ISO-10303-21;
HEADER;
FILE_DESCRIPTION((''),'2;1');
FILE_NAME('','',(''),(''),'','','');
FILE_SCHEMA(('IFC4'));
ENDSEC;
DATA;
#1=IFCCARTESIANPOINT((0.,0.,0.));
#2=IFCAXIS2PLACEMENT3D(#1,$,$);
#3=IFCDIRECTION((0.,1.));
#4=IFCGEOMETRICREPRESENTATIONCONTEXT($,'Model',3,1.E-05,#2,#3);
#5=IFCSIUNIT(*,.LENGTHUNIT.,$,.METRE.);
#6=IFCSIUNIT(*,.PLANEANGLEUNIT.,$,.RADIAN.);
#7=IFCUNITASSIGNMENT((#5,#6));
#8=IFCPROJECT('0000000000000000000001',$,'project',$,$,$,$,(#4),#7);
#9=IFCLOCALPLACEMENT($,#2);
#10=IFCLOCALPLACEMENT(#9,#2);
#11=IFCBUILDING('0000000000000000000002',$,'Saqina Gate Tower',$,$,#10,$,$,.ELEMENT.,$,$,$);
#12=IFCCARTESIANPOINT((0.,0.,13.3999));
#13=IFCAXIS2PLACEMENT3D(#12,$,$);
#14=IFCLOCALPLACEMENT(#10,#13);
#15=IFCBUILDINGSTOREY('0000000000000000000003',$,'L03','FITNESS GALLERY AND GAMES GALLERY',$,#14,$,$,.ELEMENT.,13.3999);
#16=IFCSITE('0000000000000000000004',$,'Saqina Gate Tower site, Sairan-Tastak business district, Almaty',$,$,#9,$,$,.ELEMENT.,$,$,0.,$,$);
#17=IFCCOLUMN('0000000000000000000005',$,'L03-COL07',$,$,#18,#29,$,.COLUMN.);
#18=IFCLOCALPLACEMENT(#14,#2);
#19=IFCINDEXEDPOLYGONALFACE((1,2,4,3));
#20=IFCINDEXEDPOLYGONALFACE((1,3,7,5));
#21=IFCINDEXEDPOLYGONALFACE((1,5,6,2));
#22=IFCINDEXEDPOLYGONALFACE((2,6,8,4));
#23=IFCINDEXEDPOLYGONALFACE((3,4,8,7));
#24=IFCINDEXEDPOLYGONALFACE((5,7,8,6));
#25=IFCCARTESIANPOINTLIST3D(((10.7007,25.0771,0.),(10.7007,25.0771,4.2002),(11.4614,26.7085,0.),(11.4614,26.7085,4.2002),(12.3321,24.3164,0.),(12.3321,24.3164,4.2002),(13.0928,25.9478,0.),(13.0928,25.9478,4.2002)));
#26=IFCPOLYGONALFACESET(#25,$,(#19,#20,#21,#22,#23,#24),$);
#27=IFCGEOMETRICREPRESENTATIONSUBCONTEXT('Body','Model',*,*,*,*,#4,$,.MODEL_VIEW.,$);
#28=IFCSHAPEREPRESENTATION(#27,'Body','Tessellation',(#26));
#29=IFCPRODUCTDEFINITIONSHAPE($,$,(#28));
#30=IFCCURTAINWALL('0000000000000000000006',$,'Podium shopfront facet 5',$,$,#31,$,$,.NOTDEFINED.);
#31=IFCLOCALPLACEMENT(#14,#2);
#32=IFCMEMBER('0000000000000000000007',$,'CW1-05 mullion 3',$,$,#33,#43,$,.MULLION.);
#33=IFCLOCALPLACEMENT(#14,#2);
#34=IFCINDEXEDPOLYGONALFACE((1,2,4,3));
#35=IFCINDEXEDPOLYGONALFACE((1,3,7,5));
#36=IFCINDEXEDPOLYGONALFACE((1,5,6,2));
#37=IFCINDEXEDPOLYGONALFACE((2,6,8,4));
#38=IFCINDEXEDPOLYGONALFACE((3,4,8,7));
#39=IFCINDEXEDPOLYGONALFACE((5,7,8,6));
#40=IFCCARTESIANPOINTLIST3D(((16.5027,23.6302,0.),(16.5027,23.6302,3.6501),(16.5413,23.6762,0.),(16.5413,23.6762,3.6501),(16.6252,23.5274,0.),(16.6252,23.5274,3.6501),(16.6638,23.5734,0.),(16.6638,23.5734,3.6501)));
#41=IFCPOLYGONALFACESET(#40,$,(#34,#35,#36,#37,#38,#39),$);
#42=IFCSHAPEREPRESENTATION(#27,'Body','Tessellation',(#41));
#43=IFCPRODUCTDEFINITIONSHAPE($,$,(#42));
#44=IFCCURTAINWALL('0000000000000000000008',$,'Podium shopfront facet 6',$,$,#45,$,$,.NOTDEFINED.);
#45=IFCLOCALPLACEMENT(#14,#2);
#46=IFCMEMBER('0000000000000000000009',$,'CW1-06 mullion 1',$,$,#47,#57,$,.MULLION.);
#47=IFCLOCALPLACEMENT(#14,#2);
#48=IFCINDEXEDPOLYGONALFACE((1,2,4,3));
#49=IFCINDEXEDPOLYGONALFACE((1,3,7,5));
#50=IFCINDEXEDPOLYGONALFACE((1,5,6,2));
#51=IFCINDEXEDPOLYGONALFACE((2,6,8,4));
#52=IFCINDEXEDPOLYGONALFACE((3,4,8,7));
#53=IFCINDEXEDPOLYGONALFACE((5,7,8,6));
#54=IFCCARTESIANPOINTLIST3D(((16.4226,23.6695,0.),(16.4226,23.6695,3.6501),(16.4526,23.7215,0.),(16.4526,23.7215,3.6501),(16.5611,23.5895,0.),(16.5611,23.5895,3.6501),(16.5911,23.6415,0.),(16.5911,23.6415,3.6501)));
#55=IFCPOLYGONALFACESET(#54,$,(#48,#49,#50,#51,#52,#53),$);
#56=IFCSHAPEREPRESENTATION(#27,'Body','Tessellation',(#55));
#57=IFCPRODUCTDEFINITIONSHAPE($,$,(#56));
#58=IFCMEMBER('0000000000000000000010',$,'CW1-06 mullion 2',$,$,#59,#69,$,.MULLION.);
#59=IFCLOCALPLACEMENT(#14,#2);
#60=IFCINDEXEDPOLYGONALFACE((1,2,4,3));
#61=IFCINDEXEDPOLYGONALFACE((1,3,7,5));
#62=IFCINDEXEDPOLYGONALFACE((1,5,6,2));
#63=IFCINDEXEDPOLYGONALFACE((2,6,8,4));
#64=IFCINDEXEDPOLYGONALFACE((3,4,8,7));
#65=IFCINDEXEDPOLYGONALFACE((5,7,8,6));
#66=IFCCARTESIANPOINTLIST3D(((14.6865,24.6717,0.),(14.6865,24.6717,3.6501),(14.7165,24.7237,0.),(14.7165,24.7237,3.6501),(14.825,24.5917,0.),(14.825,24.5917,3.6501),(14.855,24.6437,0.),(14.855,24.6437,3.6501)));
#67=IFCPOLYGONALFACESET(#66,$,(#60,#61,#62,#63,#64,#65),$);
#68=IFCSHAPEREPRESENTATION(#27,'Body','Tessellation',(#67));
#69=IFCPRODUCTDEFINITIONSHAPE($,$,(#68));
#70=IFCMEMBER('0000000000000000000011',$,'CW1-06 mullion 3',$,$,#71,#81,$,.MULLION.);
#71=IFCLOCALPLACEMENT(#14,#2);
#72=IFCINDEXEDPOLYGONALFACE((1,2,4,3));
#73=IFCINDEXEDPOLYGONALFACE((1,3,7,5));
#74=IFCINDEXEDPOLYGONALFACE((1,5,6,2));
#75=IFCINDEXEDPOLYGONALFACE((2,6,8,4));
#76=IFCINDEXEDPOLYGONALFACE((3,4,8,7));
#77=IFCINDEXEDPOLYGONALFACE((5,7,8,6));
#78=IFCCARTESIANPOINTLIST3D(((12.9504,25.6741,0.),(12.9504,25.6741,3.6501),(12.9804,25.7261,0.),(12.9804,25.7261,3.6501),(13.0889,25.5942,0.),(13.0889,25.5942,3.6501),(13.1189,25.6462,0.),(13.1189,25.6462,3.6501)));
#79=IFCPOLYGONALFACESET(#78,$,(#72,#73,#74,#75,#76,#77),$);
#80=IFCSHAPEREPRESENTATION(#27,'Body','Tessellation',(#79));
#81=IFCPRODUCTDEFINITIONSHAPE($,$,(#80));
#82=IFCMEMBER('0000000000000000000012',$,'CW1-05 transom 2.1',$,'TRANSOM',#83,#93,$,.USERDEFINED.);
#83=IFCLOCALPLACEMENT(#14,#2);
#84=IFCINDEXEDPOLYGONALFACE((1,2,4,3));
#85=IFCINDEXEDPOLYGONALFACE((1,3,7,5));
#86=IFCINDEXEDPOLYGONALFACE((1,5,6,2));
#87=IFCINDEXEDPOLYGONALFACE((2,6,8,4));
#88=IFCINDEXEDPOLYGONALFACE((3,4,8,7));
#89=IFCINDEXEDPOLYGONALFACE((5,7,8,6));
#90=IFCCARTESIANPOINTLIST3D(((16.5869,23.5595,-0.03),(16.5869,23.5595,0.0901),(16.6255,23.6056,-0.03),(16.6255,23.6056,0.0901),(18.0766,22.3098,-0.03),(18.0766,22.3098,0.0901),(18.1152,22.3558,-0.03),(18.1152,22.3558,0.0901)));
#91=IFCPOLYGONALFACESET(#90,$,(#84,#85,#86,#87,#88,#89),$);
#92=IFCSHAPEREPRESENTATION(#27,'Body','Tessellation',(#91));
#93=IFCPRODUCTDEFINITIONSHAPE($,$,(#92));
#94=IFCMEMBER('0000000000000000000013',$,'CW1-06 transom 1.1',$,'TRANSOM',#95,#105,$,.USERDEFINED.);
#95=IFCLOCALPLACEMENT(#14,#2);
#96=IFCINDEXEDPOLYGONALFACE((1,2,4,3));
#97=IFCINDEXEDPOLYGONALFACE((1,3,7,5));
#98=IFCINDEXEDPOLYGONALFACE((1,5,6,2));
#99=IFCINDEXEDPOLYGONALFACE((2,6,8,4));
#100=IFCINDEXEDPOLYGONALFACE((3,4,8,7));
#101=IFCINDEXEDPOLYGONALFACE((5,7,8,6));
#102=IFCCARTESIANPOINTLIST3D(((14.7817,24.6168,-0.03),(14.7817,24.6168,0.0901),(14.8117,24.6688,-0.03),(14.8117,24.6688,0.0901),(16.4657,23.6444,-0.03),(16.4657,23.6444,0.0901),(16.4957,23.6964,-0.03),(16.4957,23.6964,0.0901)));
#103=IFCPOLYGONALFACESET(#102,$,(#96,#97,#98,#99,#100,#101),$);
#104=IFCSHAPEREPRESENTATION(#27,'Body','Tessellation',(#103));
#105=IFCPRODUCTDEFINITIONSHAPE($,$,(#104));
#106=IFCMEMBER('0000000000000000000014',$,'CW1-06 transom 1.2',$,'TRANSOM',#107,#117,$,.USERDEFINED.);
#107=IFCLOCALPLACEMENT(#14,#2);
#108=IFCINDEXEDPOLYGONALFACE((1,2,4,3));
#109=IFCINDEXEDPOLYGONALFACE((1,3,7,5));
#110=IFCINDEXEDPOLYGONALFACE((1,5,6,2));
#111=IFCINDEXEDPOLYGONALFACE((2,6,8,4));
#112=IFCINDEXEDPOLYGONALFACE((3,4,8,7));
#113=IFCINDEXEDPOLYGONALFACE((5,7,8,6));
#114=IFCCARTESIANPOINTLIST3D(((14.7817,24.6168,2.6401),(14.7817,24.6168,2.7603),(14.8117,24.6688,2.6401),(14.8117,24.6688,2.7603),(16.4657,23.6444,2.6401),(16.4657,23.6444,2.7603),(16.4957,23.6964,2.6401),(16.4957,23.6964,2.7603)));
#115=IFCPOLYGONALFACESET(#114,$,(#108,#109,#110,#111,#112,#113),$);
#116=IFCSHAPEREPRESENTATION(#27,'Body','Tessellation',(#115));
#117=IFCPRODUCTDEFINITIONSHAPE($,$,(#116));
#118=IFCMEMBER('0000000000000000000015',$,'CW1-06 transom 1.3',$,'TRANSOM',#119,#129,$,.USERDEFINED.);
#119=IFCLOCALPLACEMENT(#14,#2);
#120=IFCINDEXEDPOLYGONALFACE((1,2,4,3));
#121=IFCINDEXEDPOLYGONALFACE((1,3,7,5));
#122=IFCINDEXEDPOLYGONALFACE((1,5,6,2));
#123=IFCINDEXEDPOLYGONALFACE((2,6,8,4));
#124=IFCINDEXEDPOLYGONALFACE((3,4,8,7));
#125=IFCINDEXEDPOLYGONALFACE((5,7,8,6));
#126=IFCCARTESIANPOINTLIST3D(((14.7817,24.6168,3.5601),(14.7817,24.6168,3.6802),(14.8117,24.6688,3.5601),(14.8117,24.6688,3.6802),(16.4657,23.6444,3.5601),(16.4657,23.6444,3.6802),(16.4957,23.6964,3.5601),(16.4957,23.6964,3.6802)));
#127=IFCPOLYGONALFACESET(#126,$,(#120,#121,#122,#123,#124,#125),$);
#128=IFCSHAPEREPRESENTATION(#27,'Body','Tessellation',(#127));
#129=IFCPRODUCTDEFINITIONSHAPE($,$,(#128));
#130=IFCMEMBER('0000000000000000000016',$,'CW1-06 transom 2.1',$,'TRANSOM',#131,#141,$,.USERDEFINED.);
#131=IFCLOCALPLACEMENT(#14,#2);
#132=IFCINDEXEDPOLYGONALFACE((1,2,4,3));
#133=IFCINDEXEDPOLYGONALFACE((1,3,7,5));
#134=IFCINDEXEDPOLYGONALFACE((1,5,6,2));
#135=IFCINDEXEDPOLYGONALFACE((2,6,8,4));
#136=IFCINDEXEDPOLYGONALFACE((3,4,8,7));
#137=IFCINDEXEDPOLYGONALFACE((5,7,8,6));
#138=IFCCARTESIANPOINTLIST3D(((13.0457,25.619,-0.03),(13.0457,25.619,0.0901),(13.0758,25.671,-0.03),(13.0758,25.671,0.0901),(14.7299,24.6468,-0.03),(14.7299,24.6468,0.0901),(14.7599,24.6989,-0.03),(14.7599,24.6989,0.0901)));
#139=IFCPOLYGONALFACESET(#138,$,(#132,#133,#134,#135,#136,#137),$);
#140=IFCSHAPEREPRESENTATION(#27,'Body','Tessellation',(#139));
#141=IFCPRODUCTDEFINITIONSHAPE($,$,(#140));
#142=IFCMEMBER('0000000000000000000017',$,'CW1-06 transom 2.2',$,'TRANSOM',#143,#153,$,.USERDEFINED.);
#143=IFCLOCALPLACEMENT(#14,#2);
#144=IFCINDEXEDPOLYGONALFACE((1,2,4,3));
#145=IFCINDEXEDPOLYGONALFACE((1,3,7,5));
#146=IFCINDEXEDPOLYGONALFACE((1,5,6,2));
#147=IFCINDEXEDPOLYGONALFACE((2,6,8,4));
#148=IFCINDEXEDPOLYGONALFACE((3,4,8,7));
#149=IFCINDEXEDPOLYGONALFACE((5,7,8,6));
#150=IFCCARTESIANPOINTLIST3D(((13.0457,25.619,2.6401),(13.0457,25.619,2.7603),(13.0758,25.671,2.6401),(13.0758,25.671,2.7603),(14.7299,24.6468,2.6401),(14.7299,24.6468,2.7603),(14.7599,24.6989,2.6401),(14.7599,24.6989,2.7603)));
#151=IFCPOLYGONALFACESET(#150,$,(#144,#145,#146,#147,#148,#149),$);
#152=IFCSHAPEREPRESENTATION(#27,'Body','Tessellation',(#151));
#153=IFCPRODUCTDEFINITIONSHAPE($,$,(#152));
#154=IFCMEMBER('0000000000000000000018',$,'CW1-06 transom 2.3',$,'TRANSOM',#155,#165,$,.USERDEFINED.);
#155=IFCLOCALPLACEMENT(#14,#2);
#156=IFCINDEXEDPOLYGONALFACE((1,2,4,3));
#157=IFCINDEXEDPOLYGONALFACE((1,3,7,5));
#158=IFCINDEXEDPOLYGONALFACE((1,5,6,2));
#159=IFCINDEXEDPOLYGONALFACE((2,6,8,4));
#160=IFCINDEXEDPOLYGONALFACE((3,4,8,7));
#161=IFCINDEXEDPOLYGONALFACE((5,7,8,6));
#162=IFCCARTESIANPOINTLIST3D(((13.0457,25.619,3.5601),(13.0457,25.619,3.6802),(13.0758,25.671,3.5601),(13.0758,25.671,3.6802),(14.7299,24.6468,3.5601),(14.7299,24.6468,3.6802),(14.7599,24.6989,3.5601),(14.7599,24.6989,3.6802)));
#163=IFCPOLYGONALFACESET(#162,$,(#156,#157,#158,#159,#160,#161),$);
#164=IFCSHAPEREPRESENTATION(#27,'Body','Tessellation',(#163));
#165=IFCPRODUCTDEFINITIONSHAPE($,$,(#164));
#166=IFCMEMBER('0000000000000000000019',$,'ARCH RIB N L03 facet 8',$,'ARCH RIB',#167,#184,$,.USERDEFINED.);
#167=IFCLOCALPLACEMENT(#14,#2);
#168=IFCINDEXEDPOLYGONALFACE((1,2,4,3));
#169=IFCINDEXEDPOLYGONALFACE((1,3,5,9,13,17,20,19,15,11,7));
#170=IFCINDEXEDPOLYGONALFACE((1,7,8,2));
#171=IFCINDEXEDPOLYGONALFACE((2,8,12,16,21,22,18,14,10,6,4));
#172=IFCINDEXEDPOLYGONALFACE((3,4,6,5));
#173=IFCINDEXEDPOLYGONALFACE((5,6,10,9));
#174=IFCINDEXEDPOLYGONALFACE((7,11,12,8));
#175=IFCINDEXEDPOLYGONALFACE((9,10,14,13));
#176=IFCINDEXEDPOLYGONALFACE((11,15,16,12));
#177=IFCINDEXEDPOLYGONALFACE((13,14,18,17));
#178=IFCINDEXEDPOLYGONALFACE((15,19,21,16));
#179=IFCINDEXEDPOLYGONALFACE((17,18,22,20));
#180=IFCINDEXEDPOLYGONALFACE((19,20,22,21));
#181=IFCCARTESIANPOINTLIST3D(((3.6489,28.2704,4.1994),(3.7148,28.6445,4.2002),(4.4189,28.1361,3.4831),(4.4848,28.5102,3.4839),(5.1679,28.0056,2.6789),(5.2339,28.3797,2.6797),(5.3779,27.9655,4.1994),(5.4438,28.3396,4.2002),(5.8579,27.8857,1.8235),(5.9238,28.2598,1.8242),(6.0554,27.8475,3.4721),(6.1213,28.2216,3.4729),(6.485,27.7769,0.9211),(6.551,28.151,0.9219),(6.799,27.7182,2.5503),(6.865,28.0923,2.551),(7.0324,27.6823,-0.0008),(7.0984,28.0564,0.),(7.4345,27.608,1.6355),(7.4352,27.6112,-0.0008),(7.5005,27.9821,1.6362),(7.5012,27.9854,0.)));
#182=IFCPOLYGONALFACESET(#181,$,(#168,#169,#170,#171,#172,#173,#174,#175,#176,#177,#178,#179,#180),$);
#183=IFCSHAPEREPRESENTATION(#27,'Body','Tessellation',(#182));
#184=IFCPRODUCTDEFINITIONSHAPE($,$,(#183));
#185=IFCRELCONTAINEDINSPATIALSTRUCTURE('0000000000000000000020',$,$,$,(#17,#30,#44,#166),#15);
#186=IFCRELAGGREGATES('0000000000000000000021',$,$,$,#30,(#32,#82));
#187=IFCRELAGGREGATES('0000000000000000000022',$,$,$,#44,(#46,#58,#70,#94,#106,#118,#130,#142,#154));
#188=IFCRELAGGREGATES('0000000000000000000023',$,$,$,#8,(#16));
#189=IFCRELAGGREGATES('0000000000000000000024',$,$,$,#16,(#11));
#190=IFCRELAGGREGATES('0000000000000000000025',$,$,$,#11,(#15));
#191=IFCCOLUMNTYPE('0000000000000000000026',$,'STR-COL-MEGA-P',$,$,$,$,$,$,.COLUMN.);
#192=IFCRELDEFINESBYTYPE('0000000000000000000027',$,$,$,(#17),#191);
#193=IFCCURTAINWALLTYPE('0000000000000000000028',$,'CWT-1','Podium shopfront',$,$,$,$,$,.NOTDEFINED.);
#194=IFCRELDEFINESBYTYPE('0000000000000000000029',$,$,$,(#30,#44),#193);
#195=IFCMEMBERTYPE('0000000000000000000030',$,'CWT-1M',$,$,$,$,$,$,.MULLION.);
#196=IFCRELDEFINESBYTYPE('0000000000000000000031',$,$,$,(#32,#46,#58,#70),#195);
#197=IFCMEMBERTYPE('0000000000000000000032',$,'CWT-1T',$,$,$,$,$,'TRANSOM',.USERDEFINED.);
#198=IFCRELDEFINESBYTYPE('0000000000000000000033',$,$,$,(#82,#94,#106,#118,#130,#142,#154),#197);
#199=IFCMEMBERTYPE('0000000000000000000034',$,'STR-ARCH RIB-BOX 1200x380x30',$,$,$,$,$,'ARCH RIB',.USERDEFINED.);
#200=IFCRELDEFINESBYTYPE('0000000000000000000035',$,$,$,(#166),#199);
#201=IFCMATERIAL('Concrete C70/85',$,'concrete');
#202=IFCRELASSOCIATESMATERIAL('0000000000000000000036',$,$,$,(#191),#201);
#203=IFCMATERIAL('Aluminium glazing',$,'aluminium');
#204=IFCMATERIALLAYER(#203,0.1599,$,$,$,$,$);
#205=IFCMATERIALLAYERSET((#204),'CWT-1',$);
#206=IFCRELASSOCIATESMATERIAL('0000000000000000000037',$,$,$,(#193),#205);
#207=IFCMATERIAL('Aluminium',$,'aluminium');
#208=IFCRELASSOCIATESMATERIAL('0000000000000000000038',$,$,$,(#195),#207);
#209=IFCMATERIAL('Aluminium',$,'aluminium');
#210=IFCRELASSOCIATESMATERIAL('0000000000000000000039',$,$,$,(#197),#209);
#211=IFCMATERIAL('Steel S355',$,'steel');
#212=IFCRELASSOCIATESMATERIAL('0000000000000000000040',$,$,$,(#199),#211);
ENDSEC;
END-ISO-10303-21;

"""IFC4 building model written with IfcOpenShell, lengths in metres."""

from ifc_helpers import new_model, si_unit, direction, frame, origin, origin_2d, place, context, subcontext, project, spatial, polyline, rectangle, hollow_rectangle, outline, extrude, material, layer, layer_set, material_profile, profile_set, type_object, element, aggregate, save


model = new_model("IFC4")

# Units and contexts
model_context = context("Model", 3, precision=1e-05, world=origin(), true_north=direction((0.0, 1.0)))
body_context = subcontext(model_context, "Body", "Model", "MODEL_VIEW")
ifc_project = project(units=[si_unit("LENGTHUNIT", "METRE"), si_unit("PLANEANGLEUNIT", "RADIAN")], contexts=[model_context])

# Site, building, storey
site_placement = place(None, origin())
site = spatial("IfcSite", under=ifc_project, at=site_placement, Name="Saqina Gate Tower site, Sairan-Tastak business district, Almaty", CompositionType="ELEMENT", RefElevation=0.0)
building_placement = place(site_placement, origin())
building = spatial("IfcBuilding", under=site, at=building_placement, Name="Saqina Gate Tower", CompositionType="ELEMENT")
storey_placement = place(building_placement, frame((0.0, 0.0, 13.3999)))
storey = spatial("IfcBuildingStorey", under=building, at=storey_placement, Name="L03", Description="FITNESS GALLERY AND GAMES GALLERY", CompositionType="ELEMENT", Elevation=13.3999)

# Column
ifc_material_1 = material(Name="Concrete C70/85", Category="concrete")
ifc_material_profile_1 = material_profile(ifc_material_1, rectangle(XDim=1.8, YDim=1.8, at=origin_2d()), Name="RC 1800x1800")
ifc_profile_set_1 = profile_set([ifc_material_profile_1], Name="Concrete C70/85")
column_type = type_object("IfcColumnType", Name="STR-COL-MEGA-P", PredefinedType="COLUMN", material=ifc_profile_set_1)
column_placement = place(storey_placement, frame((11.8967, 25.5125, 0.0), z_axis=(0.0, 0.0, 1.0), x_axis=(0.422618, 0.906308, 0.0)))
element("IfcColumn", 1, at=column_placement, inside=storey, type_object=column_type, Name="L03-COL07", PredefinedType="COLUMN", context=body_context, shape_type="SweptSolid", body=[
    extrude(rectangle(XDim=1.8, YDim=1.8, at=origin_2d()), origin(), (0.0, 0.0, 1.0), 4.2002),
])

# Curtain wall, member
ifc_material_2 = material(Name="Aluminium glazing", Category="aluminium")
ifc_layer_1 = layer(ifc_material_2, 0.1599)
ifc_layer_set_1 = layer_set([ifc_layer_1], Name="CWT-1")
curtain_wall_type = type_object("IfcCurtainWallType", Name="CWT-1", Description="Podium shopfront", PredefinedType="NOTDEFINED", material=ifc_layer_set_1)
curtain_wall_1_placement = place(storey_placement, origin())
curtain_wall_1 = element("IfcCurtainWall", 2, at=curtain_wall_1_placement, inside=storey, type_object=curtain_wall_type, Name="Podium shopfront facet 5", PredefinedType="NOTDEFINED")
ifc_material_3 = material(Name="Aluminium", Category="aluminium")
ifc_material_profile_2 = material_profile(ifc_material_3, rectangle(XDim=0.0601, YDim=0.1599, at=origin_2d()), Name="Aluminium 60x160")
ifc_profile_set_2 = profile_set([ifc_material_profile_2], Name="Aluminium")
member_type_1 = type_object("IfcMemberType", Name="CWT-1M", PredefinedType="MULLION", material=ifc_profile_set_2)
member_1_placement = place(storey_placement, frame((16.5833, 23.6018, 0.0), z_axis=(0.0, 0.0, 1.0), x_axis=(-0.642779, -0.766051, 0.0)))
member_1 = element("IfcMember", 3, at=member_1_placement, type_object=member_type_1, Name="CW1-05 mullion 3", PredefinedType="MULLION", context=body_context, shape_type="SweptSolid", body=[
    extrude(rectangle(XDim=0.0601, YDim=0.1599, at=origin_2d()), origin(), (0.0, 0.0, 1.0), 3.6501),
])

# Curtain wall, members
curtain_wall_2_placement = place(storey_placement, origin())
curtain_wall_2 = element("IfcCurtainWall", 4, at=curtain_wall_2_placement, inside=storey, type_object=curtain_wall_type, Name="Podium shopfront facet 6", PredefinedType="NOTDEFINED")
member_2_placement = place(storey_placement, frame((16.5068, 23.6555, 0.0), z_axis=(0.0, 0.0, 1.0), x_axis=(-0.500014, -0.866017, 0.0)))
member_2 = element("IfcMember", 5, at=member_2_placement, type_object=member_type_1, Name="CW1-06 mullion 1", PredefinedType="MULLION", context=body_context, shape_type="SweptSolid", body=[
    extrude(rectangle(XDim=0.0601, YDim=0.1599, at=origin_2d()), origin(), (0.0, 0.0, 1.0), 3.6501),
])
member_3_placement = place(storey_placement, frame((14.7708, 24.6577, 0.0), z_axis=(0.0, 0.0, 1.0), x_axis=(-0.500014, -0.866017, 0.0)))
member_3 = element("IfcMember", 6, at=member_3_placement, type_object=member_type_1, Name="CW1-06 mullion 2", PredefinedType="MULLION", context=body_context, shape_type="SweptSolid", body=[
    extrude(rectangle(XDim=0.0601, YDim=0.1599, at=origin_2d()), origin(), (0.0, 0.0, 1.0), 3.6501),
])
member_4_placement = place(storey_placement, frame((13.0347, 25.6602, 0.0), z_axis=(0.0, 0.0, 1.0), x_axis=(-0.500014, -0.866017, 0.0)))
member_4 = element("IfcMember", 7, at=member_4_placement, type_object=member_type_1, Name="CW1-06 mullion 3", PredefinedType="MULLION", context=body_context, shape_type="SweptSolid", body=[
    extrude(rectangle(XDim=0.0601, YDim=0.1599, at=origin_2d()), origin(), (0.0, 0.0, 1.0), 3.6501),
])

# Members
ifc_material_4 = material(Name="Aluminium", Category="aluminium")
ifc_material_profile_3 = material_profile(ifc_material_4, rectangle(XDim=0.0601, YDim=0.1201, at=origin_2d()), Name="Aluminium 60x120")
ifc_profile_set_3 = profile_set([ifc_material_profile_3], Name="Aluminium")
member_type_2 = type_object("IfcMemberType", Name="CWT-1T", ElementType="TRANSOM", PredefinedType="USERDEFINED", material=ifc_profile_set_3)
member_5_placement = place(storey_placement, frame((18.0959, 22.3328, 0.03), z_axis=(-0.766118, 0.6427, 0.0), x_axis=(-0.6427, -0.766118, 0.0)))
member_5 = element("IfcMember", 8, at=member_5_placement, type_object=member_type_2, Name="CW1-05 transom 2.1", ObjectType="TRANSOM", PredefinedType="USERDEFINED", context=body_context, shape_type="SweptSolid", body=[
    extrude(rectangle(XDim=0.0601, YDim=0.1201, at=origin_2d()), origin(), (0.0, 0.0, 1.0), 1.9446),
])
member_6_placement = place(storey_placement, frame((16.4807, 23.6704, 0.03), z_axis=(-0.866002, 0.500041, 0.0), x_axis=(-0.500041, -0.866002, 0.0)))
member_6 = element("IfcMember", 9, at=member_6_placement, type_object=member_type_2, Name="CW1-06 transom 1.1", ObjectType="TRANSOM", PredefinedType="USERDEFINED", context=body_context, shape_type="SweptSolid", body=[
    extrude(rectangle(XDim=0.0601, YDim=0.1201, at=origin_2d()), origin(), (0.0, 0.0, 1.0), 1.9446),
])
member_7_placement = place(storey_placement, frame((16.4807, 23.6704, 2.7002), z_axis=(-0.866002, 0.500041, 0.0), x_axis=(-0.500041, -0.866002, 0.0)))
member_7 = element("IfcMember", 10, at=member_7_placement, type_object=member_type_2, Name="CW1-06 transom 1.2", ObjectType="TRANSOM", PredefinedType="USERDEFINED", context=body_context, shape_type="SweptSolid", body=[
    extrude(rectangle(XDim=0.0601, YDim=0.1201, at=origin_2d()), origin(), (0.0, 0.0, 1.0), 1.9446),
])
member_8_placement = place(storey_placement, frame((16.4807, 23.6704, 3.6201), z_axis=(-0.866002, 0.500041, 0.0), x_axis=(-0.500041, -0.866002, 0.0)))
member_8 = element("IfcMember", 11, at=member_8_placement, type_object=member_type_2, Name="CW1-06 transom 1.3", ObjectType="TRANSOM", PredefinedType="USERDEFINED", context=body_context, shape_type="SweptSolid", body=[
    extrude(rectangle(XDim=0.0601, YDim=0.1201, at=origin_2d()), origin(), (0.0, 0.0, 1.0), 1.9446),
])
member_9_placement = place(storey_placement, frame((14.7449, 24.6729, 0.03), z_axis=(-0.866056, 0.499947, 0.0), x_axis=(-0.499947, -0.866056, 0.0)))
member_9 = element("IfcMember", 12, at=member_9_placement, type_object=member_type_2, Name="CW1-06 transom 2.1", ObjectType="TRANSOM", PredefinedType="USERDEFINED", context=body_context, shape_type="SweptSolid", body=[
    extrude(rectangle(XDim=0.0601, YDim=0.1201, at=origin_2d()), origin(), (0.0, 0.0, 1.0), 1.9446),
])
member_10_placement = place(storey_placement, frame((14.7449, 24.6729, 2.7002), z_axis=(-0.866056, 0.499947, 0.0), x_axis=(-0.499947, -0.866056, 0.0)))
member_10 = element("IfcMember", 13, at=member_10_placement, type_object=member_type_2, Name="CW1-06 transom 2.2", ObjectType="TRANSOM", PredefinedType="USERDEFINED", context=body_context, shape_type="SweptSolid", body=[
    extrude(rectangle(XDim=0.0601, YDim=0.1201, at=origin_2d()), origin(), (0.0, 0.0, 1.0), 1.9446),
])
member_11_placement = place(storey_placement, frame((14.7449, 24.6729, 3.6201), z_axis=(-0.866056, 0.499947, 0.0), x_axis=(-0.499947, -0.866056, 0.0)))
member_11 = element("IfcMember", 14, at=member_11_placement, type_object=member_type_2, Name="CW1-06 transom 2.3", ObjectType="TRANSOM", PredefinedType="USERDEFINED", context=body_context, shape_type="SweptSolid", body=[
    extrude(rectangle(XDim=0.0601, YDim=0.1201, at=origin_2d()), origin(), (0.0, 0.0, 1.0), 1.9446),
])

# Member
ifc_material_5 = material(Name="Steel S355", Category="steel")
ifc_material_profile_4 = material_profile(ifc_material_5, hollow_rectangle(XDim=1.2, YDim=0.3799, WallThickness=0.03, at=origin_2d()), Name="BOX 1200x380x30")
ifc_profile_set_4 = profile_set([ifc_material_profile_4], Name="Steel S355")
member_type_3 = type_object("IfcMemberType", Name="STR-ARCH RIB-BOX 1200x380x30", ElementType="ARCH RIB", PredefinedType="USERDEFINED", material=ifc_profile_set_4)
member_12_placement = place(storey_placement, frame((7.5012, 27.9854, 0.0), z_axis=(0.173664, 0.984803, 0.002009), x_axis=(-0.000451, -0.00196, 0.999998)))
element("IfcMember", 15, at=member_12_placement, inside=storey, type_object=member_type_3, Name="ARCH RIB N L03 facet 8", ObjectType="ARCH RIB", PredefinedType="USERDEFINED", context=body_context, shape_type="SweptSolid", body=[
    extrude(outline(polyline([(0.0, 0.0), (1.6362, 0.0), (2.5511, -0.6449), (3.4731, -1.3996), (4.2004, -2.0872), (4.2006, -3.8429), (3.4842, -3.0613), (2.6799, -2.3011), (1.8244, -1.6009), (0.922, -0.9644), (0.0, -0.409), (0.0, 0.0)])), origin(), (0.0, 0.0, -1.0), 0.3799),
])

aggregate(curtain_wall_1, [member_1, member_5])
aggregate(curtain_wall_2, [member_2, member_3, member_4, member_6, member_7, member_8, member_9, member_10, member_11])

save(model, "model.ifc")
